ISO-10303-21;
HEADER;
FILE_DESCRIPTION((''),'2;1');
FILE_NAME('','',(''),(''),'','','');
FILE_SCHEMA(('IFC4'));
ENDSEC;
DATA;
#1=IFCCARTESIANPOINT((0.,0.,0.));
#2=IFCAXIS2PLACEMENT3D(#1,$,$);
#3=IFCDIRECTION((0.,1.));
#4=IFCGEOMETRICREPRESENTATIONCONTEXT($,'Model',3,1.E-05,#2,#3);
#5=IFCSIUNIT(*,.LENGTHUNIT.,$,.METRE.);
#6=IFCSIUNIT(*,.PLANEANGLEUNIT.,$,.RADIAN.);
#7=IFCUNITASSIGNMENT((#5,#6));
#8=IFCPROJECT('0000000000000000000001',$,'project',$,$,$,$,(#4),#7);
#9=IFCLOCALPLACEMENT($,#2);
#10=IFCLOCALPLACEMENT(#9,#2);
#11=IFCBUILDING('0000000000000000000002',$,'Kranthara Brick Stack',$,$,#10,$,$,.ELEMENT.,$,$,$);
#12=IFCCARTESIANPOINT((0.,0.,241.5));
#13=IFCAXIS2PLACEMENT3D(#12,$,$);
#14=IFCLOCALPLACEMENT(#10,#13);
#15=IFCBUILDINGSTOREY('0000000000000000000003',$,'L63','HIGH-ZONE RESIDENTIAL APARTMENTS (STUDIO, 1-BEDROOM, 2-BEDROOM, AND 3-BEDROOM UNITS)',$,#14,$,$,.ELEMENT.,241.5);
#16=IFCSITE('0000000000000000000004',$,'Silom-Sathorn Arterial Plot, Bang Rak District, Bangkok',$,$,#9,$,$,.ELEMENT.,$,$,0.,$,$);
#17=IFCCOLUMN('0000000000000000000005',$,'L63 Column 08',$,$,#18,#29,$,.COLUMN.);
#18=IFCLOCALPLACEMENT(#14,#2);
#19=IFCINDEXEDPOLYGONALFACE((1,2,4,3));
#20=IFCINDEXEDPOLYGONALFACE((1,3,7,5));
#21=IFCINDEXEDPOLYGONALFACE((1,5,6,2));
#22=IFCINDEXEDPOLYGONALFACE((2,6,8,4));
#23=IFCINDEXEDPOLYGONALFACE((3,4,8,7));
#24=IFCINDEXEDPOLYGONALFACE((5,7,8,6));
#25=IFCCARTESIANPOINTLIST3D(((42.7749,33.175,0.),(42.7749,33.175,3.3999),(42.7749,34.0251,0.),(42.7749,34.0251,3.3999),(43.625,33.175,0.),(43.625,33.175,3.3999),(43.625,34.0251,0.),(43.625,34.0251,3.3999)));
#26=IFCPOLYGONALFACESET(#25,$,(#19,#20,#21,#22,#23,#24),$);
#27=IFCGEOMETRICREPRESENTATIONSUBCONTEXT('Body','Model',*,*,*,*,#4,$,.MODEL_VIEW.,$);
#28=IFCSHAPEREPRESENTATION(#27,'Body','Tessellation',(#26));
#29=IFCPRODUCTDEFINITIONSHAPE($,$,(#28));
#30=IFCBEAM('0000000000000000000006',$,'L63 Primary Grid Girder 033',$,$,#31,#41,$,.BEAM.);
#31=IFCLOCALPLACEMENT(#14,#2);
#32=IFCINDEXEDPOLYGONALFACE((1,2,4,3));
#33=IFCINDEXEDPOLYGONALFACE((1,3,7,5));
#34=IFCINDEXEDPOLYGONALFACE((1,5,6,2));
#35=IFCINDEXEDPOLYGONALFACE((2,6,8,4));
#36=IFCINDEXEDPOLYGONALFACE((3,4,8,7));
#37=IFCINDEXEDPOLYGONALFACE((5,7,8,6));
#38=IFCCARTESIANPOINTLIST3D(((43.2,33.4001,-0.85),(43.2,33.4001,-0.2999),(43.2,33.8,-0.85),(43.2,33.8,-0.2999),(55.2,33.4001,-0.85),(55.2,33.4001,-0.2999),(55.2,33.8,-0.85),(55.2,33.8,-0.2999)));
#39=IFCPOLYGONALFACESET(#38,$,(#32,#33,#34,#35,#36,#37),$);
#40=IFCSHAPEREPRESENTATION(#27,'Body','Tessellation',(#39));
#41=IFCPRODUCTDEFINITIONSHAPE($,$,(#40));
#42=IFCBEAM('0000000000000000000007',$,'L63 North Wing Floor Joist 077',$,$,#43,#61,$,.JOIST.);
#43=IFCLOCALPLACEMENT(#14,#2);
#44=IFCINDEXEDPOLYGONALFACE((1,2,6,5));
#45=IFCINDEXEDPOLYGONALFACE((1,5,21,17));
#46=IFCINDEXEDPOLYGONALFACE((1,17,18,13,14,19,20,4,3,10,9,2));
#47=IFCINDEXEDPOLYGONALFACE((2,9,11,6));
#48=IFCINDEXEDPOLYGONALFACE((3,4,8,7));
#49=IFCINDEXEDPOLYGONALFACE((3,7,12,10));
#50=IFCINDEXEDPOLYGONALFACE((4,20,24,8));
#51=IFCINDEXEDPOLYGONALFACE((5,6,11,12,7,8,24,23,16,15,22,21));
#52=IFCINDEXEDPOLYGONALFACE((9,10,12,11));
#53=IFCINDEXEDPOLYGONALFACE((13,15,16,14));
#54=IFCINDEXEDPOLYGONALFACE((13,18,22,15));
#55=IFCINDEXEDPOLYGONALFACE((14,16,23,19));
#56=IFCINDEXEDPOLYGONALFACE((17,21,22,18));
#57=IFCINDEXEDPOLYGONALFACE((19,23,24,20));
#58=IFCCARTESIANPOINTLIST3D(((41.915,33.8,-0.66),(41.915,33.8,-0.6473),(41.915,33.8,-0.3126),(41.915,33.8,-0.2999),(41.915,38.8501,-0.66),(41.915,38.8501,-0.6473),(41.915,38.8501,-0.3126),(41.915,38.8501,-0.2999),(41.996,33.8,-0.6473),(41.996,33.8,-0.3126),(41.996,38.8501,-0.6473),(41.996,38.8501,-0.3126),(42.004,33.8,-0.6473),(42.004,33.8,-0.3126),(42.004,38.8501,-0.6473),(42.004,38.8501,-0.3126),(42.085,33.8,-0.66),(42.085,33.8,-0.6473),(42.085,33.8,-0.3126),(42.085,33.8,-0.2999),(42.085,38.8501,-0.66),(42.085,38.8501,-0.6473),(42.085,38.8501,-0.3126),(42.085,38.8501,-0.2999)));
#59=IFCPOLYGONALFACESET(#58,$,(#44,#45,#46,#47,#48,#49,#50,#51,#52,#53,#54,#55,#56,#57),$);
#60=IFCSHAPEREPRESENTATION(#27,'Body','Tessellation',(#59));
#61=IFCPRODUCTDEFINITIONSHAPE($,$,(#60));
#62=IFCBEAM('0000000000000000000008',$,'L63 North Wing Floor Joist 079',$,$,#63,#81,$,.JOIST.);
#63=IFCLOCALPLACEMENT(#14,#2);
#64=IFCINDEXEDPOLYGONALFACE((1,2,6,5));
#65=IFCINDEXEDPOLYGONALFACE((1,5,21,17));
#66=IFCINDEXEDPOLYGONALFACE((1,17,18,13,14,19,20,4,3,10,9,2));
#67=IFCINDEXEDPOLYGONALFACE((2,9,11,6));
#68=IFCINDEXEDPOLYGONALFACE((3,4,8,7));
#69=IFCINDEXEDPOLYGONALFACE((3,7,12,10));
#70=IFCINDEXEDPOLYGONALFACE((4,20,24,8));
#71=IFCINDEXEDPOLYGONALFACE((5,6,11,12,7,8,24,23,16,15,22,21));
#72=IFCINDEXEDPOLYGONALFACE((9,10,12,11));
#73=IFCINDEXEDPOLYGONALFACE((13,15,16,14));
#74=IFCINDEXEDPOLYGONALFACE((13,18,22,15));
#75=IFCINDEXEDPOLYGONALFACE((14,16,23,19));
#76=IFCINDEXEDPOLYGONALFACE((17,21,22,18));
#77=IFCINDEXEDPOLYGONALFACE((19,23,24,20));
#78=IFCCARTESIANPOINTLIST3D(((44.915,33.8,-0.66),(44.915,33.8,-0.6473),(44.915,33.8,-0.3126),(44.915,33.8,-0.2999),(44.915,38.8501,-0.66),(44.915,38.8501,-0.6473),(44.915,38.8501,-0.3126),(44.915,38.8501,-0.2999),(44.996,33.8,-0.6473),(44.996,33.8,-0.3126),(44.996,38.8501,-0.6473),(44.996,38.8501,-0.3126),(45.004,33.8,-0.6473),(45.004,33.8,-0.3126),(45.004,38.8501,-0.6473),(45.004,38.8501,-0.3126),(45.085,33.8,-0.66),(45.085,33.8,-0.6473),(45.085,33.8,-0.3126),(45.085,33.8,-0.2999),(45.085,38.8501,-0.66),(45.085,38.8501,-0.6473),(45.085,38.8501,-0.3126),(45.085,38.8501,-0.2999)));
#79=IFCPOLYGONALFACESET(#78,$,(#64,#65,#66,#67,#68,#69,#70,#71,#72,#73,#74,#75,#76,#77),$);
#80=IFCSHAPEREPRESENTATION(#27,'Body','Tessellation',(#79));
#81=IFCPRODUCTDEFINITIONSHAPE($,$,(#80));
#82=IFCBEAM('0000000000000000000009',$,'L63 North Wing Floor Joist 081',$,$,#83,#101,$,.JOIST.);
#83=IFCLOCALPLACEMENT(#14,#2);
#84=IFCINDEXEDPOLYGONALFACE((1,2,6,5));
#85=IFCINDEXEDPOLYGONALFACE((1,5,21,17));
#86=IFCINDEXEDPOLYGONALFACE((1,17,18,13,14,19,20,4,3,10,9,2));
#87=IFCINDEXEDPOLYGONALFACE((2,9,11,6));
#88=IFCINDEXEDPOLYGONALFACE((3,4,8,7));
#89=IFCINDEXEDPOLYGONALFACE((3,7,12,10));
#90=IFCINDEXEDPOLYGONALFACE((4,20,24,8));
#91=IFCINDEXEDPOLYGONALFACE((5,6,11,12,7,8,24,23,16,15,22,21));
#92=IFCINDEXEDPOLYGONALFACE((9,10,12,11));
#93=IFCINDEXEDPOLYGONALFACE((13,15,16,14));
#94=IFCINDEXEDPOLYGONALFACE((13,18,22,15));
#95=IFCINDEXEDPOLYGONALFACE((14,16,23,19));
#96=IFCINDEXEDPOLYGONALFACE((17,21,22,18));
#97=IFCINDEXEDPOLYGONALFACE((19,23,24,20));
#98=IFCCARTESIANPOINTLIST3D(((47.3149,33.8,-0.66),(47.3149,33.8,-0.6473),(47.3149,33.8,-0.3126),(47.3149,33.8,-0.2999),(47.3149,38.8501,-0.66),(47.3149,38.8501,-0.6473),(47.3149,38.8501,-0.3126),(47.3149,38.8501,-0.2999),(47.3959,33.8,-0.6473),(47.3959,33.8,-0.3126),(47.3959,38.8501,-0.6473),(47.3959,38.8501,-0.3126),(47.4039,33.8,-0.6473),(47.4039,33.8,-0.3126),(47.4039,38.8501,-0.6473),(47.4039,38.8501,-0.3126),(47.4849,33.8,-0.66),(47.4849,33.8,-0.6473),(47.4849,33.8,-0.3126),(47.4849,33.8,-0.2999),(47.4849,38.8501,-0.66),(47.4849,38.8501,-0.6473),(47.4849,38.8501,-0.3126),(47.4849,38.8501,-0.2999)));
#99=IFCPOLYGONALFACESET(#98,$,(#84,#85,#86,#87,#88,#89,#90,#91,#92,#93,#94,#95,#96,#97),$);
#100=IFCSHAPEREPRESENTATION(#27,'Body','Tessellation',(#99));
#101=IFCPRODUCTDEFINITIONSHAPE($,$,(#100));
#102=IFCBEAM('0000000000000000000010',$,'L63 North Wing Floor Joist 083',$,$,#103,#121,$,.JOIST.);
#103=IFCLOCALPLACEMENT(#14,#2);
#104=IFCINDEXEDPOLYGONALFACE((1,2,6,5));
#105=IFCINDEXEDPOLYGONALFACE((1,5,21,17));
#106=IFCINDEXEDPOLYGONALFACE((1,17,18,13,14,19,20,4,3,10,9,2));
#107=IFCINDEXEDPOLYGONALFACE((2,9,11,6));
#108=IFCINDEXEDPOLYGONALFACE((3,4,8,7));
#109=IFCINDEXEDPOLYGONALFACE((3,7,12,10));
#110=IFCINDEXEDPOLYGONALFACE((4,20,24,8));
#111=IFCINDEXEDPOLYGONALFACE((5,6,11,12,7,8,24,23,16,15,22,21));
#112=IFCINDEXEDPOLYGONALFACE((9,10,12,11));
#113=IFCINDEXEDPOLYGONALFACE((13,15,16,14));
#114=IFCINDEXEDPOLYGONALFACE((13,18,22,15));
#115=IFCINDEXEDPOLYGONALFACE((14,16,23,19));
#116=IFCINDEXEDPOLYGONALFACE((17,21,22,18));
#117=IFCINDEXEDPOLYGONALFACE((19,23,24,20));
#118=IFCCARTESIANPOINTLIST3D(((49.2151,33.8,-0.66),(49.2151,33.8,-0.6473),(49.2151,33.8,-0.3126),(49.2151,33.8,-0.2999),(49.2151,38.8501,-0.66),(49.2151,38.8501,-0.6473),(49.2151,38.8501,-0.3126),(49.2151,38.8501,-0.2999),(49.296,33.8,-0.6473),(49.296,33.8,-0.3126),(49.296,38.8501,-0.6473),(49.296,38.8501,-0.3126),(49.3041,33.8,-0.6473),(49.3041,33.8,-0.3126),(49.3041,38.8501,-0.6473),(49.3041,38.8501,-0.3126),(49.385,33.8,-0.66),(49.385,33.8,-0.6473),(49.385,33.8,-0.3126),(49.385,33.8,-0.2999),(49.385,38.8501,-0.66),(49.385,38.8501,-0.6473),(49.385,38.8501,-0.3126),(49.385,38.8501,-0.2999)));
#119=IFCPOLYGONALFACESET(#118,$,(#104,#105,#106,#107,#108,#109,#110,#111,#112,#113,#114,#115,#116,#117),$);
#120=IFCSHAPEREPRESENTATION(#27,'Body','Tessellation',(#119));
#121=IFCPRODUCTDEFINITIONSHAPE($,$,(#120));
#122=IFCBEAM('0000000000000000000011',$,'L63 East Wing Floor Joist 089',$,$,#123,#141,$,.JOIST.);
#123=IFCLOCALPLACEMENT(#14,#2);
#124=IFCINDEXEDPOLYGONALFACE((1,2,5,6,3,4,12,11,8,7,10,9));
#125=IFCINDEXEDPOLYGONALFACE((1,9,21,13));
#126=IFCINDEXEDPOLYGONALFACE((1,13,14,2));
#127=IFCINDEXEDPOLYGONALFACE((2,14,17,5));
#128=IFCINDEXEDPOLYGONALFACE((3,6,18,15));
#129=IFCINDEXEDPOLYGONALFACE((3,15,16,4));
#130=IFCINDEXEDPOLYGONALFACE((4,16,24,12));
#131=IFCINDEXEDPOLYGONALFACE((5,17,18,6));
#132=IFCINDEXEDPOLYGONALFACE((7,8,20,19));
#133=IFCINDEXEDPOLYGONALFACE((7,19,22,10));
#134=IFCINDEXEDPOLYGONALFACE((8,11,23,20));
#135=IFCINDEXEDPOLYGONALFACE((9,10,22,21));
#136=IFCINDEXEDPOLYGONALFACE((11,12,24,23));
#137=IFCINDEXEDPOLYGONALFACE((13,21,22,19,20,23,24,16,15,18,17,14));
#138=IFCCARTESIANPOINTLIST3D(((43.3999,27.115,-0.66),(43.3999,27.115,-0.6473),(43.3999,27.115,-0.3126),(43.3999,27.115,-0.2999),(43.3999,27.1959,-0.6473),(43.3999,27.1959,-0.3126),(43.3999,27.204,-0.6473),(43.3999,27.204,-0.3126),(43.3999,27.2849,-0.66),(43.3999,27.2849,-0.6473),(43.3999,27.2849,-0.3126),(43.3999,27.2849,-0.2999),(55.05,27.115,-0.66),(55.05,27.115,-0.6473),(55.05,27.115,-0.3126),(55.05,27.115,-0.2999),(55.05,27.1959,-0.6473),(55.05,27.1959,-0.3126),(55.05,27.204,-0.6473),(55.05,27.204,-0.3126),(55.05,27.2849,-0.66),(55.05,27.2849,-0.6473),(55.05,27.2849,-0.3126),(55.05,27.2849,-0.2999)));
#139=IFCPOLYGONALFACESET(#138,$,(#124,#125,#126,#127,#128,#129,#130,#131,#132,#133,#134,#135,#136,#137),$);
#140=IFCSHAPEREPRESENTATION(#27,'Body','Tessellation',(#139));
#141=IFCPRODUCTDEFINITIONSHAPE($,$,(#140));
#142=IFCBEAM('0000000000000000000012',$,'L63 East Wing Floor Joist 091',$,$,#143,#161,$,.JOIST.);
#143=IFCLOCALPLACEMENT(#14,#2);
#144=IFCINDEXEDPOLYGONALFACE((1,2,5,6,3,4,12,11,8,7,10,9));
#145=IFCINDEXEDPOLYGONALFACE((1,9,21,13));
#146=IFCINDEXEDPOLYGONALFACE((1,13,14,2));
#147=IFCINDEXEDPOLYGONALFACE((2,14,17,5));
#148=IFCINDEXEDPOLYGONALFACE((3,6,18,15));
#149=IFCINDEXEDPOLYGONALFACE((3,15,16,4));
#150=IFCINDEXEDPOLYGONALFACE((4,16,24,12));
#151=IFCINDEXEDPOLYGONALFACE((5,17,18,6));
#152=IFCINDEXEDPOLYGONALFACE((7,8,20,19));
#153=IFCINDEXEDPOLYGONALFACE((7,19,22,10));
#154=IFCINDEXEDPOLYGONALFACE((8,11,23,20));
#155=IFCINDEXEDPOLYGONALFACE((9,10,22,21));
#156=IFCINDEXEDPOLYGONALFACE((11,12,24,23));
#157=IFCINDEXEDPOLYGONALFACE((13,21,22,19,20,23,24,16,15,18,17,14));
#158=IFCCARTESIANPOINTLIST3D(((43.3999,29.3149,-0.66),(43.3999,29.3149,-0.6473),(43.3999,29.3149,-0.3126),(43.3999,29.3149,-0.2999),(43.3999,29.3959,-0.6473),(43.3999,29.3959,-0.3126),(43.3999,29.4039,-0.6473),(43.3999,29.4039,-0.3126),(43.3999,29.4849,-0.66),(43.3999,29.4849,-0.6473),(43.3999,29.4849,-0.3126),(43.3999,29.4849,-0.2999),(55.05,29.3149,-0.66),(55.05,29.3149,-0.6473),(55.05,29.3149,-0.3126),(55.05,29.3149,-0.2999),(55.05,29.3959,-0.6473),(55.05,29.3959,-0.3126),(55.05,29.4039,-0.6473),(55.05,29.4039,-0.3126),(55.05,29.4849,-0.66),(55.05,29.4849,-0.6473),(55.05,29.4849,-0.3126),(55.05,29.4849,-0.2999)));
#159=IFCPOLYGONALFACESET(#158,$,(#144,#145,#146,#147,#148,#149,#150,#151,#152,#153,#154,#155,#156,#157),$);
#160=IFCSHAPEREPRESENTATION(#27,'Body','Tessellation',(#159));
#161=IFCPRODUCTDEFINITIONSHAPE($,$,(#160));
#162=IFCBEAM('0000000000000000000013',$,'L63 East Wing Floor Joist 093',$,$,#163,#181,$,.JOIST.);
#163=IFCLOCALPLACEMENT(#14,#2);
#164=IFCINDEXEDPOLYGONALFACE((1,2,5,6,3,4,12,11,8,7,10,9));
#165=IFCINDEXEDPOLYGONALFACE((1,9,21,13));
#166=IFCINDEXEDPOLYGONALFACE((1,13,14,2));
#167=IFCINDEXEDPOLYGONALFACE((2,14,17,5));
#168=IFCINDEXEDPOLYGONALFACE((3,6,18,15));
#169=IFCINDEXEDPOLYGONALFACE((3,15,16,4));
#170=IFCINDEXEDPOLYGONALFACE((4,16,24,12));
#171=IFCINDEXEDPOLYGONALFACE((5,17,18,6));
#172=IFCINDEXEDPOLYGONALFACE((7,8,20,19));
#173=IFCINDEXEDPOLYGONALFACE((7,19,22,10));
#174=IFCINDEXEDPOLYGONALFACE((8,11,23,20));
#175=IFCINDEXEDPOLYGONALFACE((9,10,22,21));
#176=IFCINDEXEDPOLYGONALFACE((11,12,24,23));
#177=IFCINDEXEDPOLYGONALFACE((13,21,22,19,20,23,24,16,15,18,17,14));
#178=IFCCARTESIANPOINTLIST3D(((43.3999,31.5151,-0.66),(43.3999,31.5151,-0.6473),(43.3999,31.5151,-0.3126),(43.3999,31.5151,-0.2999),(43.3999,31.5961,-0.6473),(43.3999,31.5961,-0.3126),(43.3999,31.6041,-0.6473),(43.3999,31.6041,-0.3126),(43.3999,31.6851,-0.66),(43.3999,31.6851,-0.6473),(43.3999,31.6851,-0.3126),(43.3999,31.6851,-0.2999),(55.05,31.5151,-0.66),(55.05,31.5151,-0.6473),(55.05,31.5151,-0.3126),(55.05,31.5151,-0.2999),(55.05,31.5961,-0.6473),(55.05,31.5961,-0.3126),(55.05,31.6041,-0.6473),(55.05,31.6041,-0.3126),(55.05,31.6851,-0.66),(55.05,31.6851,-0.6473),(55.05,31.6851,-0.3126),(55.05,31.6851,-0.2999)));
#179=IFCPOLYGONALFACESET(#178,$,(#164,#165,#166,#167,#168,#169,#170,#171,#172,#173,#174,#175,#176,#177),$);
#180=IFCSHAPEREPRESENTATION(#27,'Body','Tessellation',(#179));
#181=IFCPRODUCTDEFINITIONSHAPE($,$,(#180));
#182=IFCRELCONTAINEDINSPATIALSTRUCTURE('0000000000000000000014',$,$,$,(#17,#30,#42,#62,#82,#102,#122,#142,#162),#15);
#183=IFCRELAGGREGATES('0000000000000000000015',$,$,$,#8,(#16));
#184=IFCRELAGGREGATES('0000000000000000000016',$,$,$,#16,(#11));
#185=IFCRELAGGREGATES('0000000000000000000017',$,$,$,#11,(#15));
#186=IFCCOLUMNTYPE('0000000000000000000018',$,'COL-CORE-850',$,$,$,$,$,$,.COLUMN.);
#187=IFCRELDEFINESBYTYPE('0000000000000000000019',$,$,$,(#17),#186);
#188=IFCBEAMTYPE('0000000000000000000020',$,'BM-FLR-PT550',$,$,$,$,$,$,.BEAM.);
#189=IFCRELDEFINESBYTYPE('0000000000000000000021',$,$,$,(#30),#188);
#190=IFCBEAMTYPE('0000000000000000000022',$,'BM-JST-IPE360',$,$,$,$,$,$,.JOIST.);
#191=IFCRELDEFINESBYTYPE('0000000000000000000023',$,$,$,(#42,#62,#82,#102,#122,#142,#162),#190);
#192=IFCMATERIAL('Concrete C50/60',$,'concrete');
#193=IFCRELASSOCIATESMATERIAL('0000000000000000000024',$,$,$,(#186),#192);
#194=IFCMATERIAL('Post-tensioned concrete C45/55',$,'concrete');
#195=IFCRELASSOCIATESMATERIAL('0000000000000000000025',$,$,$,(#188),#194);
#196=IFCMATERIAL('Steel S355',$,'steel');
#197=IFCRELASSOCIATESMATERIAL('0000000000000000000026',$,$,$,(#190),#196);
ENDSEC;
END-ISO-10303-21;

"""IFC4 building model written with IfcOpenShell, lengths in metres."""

from ifc_helpers import new_model, si_unit, direction, frame, origin, origin_2d, place, context, subcontext, project, spatial, rectangle, i_section, extrude, material, material_profile, profile_set, type_object, element, save


model = new_model("IFC4")

# Units and contexts
model_context = context("Model", 3, precision=1e-05, world=origin(), true_north=direction((0.0, 1.0)))
body_context = subcontext(model_context, "Body", "Model", "MODEL_VIEW")
ifc_project = project(units=[si_unit("LENGTHUNIT", "METRE"), si_unit("PLANEANGLEUNIT", "RADIAN")], contexts=[model_context])

# Site, building, storey
site_placement = place(None, origin())
site = spatial("IfcSite", under=ifc_project, at=site_placement, Name="Silom-Sathorn Arterial Plot, Bang Rak District, Bangkok", CompositionType="ELEMENT", RefElevation=0.0)
building_placement = place(site_placement, origin())
building = spatial("IfcBuilding", under=site, at=building_placement, Name="Kranthara Brick Stack", CompositionType="ELEMENT")
storey_placement = place(building_placement, frame((0.0, 0.0, 241.5)))
storey = spatial("IfcBuildingStorey", under=building, at=storey_placement, Name="L63", Description="HIGH-ZONE RESIDENTIAL APARTMENTS (STUDIO, 1-BEDROOM, 2-BEDROOM, AND 3-BEDROOM UNITS)", CompositionType="ELEMENT", Elevation=241.5)

# Column
ifc_material_1 = material(Name="Concrete C50/60", Category="concrete")
ifc_material_profile_1 = material_profile(ifc_material_1, rectangle(XDim=0.8501, YDim=0.8501, at=origin_2d()), Name="RC 850x850")
ifc_profile_set_1 = profile_set([ifc_material_profile_1], Name="Concrete C50/60")
column_type = type_object("IfcColumnType", Name="COL-CORE-850", PredefinedType="COLUMN", material=ifc_profile_set_1)
column_placement = place(storey_placement, frame((43.2, 33.6001, 0.0), z_axis=(0.0, 0.0, 1.0), x_axis=(1.0, 0.0, 0.0)))
element("IfcColumn", 1, at=column_placement, inside=storey, type_object=column_type, Name="L63 Column 08", PredefinedType="COLUMN", context=body_context, shape_type="SweptSolid", body=[
    extrude(rectangle(XDim=0.8501, YDim=0.8501, at=origin_2d()), origin(), (0.0, 0.0, 1.0), 3.3999),
])

# Beams
ifc_material_2 = material(Name="Post-tensioned concrete C45/55", Category="concrete")
ifc_material_profile_2 = material_profile(ifc_material_2, rectangle(XDim=0.3999, YDim=0.55, at=origin_2d()), Name="PT 400x550")
ifc_profile_set_2 = profile_set([ifc_material_profile_2], Name="Post-tensioned concrete C45/55")
beam_type_1 = type_object("IfcBeamType", Name="BM-FLR-PT550", PredefinedType="BEAM", material=ifc_profile_set_2)
beam_placement = place(storey_placement, frame((43.2, 33.6001, -0.575), z_axis=(1.0, 0.0, 0.0), x_axis=(0.0, 1.0, 0.0)))
element("IfcBeam", 2, at=beam_placement, inside=storey, type_object=beam_type_1, Name="L63 Primary Grid Girder 033", PredefinedType="BEAM", context=body_context, shape_type="SweptSolid", body=[
    extrude(rectangle(XDim=0.3999, YDim=0.55, at=origin_2d()), origin(), (0.0, 0.0, 1.0), 12.0),
])
ifc_material_3 = material(Name="Steel S355", Category="steel")
ifc_material_profile_3 = material_profile(ifc_material_3, i_section(OverallWidth=0.1699, OverallDepth=0.3601, WebThickness=0.0081, FlangeThickness=0.0127, at=origin_2d()), Name="IPE 360")
ifc_profile_set_3 = profile_set([ifc_material_profile_3], Name="Steel S355")
beam_type_2 = type_object("IfcBeamType", Name="BM-JST-IPE360", PredefinedType="JOIST", material=ifc_profile_set_3)
for number, where, z_axis, x_axis, name in (
    (3, (42.0, 33.8, -0.48), (0.0, 1.0, 0.0), (-1.0, 0.0, 0.0), "L63 North Wing Floor Joist 077"),
    (4, (45.0, 33.8, -0.48), (0.0, 1.0, 0.0), (-1.0, 0.0, 0.0), "L63 North Wing Floor Joist 079"),
    (5, (47.3999, 33.8, -0.48), (0.0, 1.0, 0.0), (-1.0, 0.0, 0.0), "L63 North Wing Floor Joist 081"),
    (6, (49.3, 33.8, -0.48), (0.0, 1.0, 0.0), (-1.0, 0.0, 0.0), "L63 North Wing Floor Joist 083"),
):
    element("IfcBeam", number, at=place(storey_placement, frame(where, z_axis=z_axis, x_axis=x_axis)), inside=storey, type_object=beam_type_2, Name=name, PredefinedType="JOIST", context=body_context, shape_type="SweptSolid", body=[
        extrude(i_section(OverallWidth=0.1699, OverallDepth=0.3601, WebThickness=0.0081, FlangeThickness=0.0127, at=origin_2d()), origin(), (0.0, 0.0, 1.0), 5.05),
    ])
for number, where, z_axis, x_axis, name in (
    (7, (43.3999, 27.2, -0.48), (1.0, 0.0, 0.0), (0.0, 1.0, 0.0), "L63 East Wing Floor Joist 089"),
    (8, (43.3999, 29.3999, -0.48), (1.0, 0.0, 0.0), (0.0, 1.0, 0.0), "L63 East Wing Floor Joist 091"),
    (9, (43.3999, 31.6001, -0.48), (1.0, 0.0, 0.0), (0.0, 1.0, 0.0), "L63 East Wing Floor Joist 093"),
):
    element("IfcBeam", number, at=place(storey_placement, frame(where, z_axis=z_axis, x_axis=x_axis)), inside=storey, type_object=beam_type_2, Name=name, PredefinedType="JOIST", context=body_context, shape_type="SweptSolid", body=[
        extrude(i_section(OverallWidth=0.1699, OverallDepth=0.3601, WebThickness=0.0081, FlangeThickness=0.0127, at=origin_2d()), origin(), (0.0, 0.0, 1.0), 11.6501),
    ])

save(model, "model.ifc")
